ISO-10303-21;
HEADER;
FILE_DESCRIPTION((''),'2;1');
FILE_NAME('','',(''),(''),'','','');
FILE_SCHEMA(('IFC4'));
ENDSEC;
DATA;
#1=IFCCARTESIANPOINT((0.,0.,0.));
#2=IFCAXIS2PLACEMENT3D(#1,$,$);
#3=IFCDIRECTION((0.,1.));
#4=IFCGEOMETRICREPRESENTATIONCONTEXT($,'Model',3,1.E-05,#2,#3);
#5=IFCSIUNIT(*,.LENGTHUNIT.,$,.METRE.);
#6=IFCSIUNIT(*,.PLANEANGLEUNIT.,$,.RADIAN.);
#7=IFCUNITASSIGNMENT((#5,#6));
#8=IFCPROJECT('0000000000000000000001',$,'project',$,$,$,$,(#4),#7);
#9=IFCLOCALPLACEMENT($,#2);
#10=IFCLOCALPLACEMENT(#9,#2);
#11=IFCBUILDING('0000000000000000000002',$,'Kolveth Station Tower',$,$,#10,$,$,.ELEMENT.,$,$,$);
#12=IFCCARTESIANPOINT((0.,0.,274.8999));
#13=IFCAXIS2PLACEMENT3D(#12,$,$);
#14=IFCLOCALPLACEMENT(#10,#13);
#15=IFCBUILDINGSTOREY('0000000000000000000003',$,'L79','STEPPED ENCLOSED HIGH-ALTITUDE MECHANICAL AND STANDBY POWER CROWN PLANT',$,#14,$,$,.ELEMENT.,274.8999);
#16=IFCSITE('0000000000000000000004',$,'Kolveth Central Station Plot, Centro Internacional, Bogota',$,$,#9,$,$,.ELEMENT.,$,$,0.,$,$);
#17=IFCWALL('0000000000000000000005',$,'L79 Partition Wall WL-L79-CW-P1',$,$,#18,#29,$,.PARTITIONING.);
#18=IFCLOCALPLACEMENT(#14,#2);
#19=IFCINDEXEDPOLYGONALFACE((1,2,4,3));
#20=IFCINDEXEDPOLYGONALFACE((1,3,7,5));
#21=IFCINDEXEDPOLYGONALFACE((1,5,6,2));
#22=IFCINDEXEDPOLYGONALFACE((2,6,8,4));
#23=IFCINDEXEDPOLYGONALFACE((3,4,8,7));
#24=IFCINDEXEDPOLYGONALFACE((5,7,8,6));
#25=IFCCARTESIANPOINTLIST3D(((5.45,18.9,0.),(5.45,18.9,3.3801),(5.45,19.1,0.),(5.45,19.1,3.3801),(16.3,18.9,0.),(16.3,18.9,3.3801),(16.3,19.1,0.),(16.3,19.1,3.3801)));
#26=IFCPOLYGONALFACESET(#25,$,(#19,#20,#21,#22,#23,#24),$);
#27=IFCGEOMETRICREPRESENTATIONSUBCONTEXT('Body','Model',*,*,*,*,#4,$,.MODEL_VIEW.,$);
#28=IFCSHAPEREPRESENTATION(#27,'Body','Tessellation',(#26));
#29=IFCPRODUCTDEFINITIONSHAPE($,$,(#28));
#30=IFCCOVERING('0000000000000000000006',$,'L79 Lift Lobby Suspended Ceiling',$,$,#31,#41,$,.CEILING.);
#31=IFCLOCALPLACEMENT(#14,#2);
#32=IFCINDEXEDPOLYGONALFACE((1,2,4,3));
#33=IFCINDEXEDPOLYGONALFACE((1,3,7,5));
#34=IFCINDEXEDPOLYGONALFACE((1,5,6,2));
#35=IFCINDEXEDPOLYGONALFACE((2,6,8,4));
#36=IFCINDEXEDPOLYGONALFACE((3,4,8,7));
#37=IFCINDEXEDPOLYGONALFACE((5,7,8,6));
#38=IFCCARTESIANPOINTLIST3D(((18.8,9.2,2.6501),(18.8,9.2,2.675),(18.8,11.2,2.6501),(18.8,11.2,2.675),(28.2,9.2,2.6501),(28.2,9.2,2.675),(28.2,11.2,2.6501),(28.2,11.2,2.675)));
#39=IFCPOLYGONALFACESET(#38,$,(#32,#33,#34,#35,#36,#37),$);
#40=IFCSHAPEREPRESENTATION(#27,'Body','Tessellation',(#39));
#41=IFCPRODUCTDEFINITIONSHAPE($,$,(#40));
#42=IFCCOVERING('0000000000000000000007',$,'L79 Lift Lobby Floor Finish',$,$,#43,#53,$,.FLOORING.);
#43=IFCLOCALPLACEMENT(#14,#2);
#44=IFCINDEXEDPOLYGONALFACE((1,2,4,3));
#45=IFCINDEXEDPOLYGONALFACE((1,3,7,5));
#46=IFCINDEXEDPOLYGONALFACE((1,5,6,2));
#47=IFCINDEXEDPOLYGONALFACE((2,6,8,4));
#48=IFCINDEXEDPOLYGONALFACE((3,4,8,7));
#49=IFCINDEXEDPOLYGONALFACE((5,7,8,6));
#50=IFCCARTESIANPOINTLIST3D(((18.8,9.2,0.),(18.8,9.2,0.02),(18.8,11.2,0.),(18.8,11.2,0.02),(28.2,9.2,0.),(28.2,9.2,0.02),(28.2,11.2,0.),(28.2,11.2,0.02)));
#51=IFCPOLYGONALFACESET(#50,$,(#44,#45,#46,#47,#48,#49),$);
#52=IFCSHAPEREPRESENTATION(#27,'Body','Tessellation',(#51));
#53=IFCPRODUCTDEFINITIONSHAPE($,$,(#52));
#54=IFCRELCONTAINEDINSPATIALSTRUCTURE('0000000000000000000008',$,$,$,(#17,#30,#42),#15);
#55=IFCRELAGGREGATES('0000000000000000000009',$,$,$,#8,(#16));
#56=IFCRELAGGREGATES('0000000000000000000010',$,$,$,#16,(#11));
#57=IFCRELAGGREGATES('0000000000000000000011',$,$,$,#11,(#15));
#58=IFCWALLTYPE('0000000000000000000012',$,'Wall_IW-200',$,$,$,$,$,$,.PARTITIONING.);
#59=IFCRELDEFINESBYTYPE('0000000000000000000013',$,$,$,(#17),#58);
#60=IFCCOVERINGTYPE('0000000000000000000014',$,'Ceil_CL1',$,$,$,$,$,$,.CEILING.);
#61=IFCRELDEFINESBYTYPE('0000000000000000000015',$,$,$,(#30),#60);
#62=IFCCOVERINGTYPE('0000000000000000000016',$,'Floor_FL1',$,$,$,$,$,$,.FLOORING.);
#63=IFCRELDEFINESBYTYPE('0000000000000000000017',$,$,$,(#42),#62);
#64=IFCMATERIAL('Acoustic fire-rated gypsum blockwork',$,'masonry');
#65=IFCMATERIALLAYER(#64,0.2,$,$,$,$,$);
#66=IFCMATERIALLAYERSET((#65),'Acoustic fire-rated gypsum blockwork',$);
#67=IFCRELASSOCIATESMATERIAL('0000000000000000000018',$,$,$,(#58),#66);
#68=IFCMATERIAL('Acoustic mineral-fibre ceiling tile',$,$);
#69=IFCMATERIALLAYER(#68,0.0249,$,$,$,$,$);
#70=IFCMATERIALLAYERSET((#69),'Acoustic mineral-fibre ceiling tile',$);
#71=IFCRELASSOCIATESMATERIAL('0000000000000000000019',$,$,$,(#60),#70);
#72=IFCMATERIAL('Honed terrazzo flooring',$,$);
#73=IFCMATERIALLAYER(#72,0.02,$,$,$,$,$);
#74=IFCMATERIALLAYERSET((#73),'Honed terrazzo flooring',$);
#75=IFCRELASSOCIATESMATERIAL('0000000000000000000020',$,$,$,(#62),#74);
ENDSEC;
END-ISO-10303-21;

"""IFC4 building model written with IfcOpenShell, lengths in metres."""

from ifc_helpers import new_model, si_unit, direction, frame, frame_2d, origin, place, context, subcontext, project, spatial, polyline, rectangle, outline, extrude, material, layer, layer_set, type_object, element, save


model = new_model("IFC4")

# Units and contexts
model_context = context("Model", 3, precision=1e-05, world=origin(), true_north=direction((0.0, 1.0)))
body_context = subcontext(model_context, "Body", "Model", "MODEL_VIEW")
ifc_project = project(units=[si_unit("LENGTHUNIT", "METRE"), si_unit("PLANEANGLEUNIT", "RADIAN")], contexts=[model_context])

# Site, building, storey
site_placement = place(None, origin())
site = spatial("IfcSite", under=ifc_project, at=site_placement, Name="Kolveth Central Station Plot, Centro Internacional, Bogota", CompositionType="ELEMENT", RefElevation=0.0)
building_placement = place(site_placement, origin())
building = spatial("IfcBuilding", under=site, at=building_placement, Name="Kolveth Station Tower", CompositionType="ELEMENT")
storey_placement = place(building_placement, frame((0.0, 0.0, 274.8999)))
storey = spatial("IfcBuildingStorey", under=building, at=storey_placement, Name="L79", Description="STEPPED ENCLOSED HIGH-ALTITUDE MECHANICAL AND STANDBY POWER CROWN PLANT", CompositionType="ELEMENT", Elevation=274.8999)

# Shared definitions
ifc_material_1 = material(Name="Acoustic fire-rated gypsum blockwork", Category="masonry")
ifc_layer_1 = layer(ifc_material_1, 0.2)
ifc_layer_set_1 = layer_set([ifc_layer_1], Name="Acoustic fire-rated gypsum blockwork")
wall_type = type_object("IfcWallType", Name="Wall_IW-200", PredefinedType="PARTITIONING", material=ifc_layer_set_1)

# Wall
wall_1_placement = place(storey_placement, frame((5.45, 19.0, 0.0), z_axis=(0.0, 0.0, 1.0), x_axis=(1.0, 0.0, 0.0)))
element("IfcWall", 1, at=wall_1_placement, inside=storey, type_object=wall_type, Name="L79 Partition Wall WL-L79-CW-P1", PredefinedType="PARTITIONING", context=body_context, shape_type="SweptSolid", body=[
    extrude(rectangle(XDim=10.8501, YDim=0.2, at=frame_2d((5.425, 0.0))), origin(), (0.0, 0.0, 1.0), 3.3801),
])

# Coverings
ifc_material_2 = material(Name="Acoustic mineral-fibre ceiling tile")
ifc_layer_2 = layer(ifc_material_2, 0.0249)
ifc_layer_set_2 = layer_set([ifc_layer_2], Name="Acoustic mineral-fibre ceiling tile")
covering_type_1 = type_object("IfcCoveringType", Name="Ceil_CL1", PredefinedType="CEILING", material=ifc_layer_set_2)
covering_1_placement = place(storey_placement, frame((0.0, 0.0, 2.6501)))
element("IfcCovering", 2, at=covering_1_placement, inside=storey, type_object=covering_type_1, Name="L79 Lift Lobby Suspended Ceiling", PredefinedType="CEILING", context=body_context, shape_type="SweptSolid", body=[
    extrude(outline(polyline([(18.8, 9.2), (28.2, 9.2), (28.2, 11.2), (18.8, 11.2), (18.8, 9.2)])), origin(), (0.0, 0.0, 1.0), 0.0249),
])
ifc_material_3 = material(Name="Honed terrazzo flooring")
ifc_layer_3 = layer(ifc_material_3, 0.02)
ifc_layer_set_3 = layer_set([ifc_layer_3], Name="Honed terrazzo flooring")
covering_type_2 = type_object("IfcCoveringType", Name="Floor_FL1", PredefinedType="FLOORING", material=ifc_layer_set_3)
covering_2_placement = place(storey_placement, origin())
element("IfcCovering", 3, at=covering_2_placement, inside=storey, type_object=covering_type_2, Name="L79 Lift Lobby Floor Finish", PredefinedType="FLOORING", context=body_context, shape_type="SweptSolid", body=[
    extrude(outline(polyline([(18.8, 9.2), (28.2, 9.2), (28.2, 11.2), (18.8, 11.2), (18.8, 9.2)])), origin(), (0.0, 0.0, 1.0), 0.02),
])

save(model, "model.ifc")
